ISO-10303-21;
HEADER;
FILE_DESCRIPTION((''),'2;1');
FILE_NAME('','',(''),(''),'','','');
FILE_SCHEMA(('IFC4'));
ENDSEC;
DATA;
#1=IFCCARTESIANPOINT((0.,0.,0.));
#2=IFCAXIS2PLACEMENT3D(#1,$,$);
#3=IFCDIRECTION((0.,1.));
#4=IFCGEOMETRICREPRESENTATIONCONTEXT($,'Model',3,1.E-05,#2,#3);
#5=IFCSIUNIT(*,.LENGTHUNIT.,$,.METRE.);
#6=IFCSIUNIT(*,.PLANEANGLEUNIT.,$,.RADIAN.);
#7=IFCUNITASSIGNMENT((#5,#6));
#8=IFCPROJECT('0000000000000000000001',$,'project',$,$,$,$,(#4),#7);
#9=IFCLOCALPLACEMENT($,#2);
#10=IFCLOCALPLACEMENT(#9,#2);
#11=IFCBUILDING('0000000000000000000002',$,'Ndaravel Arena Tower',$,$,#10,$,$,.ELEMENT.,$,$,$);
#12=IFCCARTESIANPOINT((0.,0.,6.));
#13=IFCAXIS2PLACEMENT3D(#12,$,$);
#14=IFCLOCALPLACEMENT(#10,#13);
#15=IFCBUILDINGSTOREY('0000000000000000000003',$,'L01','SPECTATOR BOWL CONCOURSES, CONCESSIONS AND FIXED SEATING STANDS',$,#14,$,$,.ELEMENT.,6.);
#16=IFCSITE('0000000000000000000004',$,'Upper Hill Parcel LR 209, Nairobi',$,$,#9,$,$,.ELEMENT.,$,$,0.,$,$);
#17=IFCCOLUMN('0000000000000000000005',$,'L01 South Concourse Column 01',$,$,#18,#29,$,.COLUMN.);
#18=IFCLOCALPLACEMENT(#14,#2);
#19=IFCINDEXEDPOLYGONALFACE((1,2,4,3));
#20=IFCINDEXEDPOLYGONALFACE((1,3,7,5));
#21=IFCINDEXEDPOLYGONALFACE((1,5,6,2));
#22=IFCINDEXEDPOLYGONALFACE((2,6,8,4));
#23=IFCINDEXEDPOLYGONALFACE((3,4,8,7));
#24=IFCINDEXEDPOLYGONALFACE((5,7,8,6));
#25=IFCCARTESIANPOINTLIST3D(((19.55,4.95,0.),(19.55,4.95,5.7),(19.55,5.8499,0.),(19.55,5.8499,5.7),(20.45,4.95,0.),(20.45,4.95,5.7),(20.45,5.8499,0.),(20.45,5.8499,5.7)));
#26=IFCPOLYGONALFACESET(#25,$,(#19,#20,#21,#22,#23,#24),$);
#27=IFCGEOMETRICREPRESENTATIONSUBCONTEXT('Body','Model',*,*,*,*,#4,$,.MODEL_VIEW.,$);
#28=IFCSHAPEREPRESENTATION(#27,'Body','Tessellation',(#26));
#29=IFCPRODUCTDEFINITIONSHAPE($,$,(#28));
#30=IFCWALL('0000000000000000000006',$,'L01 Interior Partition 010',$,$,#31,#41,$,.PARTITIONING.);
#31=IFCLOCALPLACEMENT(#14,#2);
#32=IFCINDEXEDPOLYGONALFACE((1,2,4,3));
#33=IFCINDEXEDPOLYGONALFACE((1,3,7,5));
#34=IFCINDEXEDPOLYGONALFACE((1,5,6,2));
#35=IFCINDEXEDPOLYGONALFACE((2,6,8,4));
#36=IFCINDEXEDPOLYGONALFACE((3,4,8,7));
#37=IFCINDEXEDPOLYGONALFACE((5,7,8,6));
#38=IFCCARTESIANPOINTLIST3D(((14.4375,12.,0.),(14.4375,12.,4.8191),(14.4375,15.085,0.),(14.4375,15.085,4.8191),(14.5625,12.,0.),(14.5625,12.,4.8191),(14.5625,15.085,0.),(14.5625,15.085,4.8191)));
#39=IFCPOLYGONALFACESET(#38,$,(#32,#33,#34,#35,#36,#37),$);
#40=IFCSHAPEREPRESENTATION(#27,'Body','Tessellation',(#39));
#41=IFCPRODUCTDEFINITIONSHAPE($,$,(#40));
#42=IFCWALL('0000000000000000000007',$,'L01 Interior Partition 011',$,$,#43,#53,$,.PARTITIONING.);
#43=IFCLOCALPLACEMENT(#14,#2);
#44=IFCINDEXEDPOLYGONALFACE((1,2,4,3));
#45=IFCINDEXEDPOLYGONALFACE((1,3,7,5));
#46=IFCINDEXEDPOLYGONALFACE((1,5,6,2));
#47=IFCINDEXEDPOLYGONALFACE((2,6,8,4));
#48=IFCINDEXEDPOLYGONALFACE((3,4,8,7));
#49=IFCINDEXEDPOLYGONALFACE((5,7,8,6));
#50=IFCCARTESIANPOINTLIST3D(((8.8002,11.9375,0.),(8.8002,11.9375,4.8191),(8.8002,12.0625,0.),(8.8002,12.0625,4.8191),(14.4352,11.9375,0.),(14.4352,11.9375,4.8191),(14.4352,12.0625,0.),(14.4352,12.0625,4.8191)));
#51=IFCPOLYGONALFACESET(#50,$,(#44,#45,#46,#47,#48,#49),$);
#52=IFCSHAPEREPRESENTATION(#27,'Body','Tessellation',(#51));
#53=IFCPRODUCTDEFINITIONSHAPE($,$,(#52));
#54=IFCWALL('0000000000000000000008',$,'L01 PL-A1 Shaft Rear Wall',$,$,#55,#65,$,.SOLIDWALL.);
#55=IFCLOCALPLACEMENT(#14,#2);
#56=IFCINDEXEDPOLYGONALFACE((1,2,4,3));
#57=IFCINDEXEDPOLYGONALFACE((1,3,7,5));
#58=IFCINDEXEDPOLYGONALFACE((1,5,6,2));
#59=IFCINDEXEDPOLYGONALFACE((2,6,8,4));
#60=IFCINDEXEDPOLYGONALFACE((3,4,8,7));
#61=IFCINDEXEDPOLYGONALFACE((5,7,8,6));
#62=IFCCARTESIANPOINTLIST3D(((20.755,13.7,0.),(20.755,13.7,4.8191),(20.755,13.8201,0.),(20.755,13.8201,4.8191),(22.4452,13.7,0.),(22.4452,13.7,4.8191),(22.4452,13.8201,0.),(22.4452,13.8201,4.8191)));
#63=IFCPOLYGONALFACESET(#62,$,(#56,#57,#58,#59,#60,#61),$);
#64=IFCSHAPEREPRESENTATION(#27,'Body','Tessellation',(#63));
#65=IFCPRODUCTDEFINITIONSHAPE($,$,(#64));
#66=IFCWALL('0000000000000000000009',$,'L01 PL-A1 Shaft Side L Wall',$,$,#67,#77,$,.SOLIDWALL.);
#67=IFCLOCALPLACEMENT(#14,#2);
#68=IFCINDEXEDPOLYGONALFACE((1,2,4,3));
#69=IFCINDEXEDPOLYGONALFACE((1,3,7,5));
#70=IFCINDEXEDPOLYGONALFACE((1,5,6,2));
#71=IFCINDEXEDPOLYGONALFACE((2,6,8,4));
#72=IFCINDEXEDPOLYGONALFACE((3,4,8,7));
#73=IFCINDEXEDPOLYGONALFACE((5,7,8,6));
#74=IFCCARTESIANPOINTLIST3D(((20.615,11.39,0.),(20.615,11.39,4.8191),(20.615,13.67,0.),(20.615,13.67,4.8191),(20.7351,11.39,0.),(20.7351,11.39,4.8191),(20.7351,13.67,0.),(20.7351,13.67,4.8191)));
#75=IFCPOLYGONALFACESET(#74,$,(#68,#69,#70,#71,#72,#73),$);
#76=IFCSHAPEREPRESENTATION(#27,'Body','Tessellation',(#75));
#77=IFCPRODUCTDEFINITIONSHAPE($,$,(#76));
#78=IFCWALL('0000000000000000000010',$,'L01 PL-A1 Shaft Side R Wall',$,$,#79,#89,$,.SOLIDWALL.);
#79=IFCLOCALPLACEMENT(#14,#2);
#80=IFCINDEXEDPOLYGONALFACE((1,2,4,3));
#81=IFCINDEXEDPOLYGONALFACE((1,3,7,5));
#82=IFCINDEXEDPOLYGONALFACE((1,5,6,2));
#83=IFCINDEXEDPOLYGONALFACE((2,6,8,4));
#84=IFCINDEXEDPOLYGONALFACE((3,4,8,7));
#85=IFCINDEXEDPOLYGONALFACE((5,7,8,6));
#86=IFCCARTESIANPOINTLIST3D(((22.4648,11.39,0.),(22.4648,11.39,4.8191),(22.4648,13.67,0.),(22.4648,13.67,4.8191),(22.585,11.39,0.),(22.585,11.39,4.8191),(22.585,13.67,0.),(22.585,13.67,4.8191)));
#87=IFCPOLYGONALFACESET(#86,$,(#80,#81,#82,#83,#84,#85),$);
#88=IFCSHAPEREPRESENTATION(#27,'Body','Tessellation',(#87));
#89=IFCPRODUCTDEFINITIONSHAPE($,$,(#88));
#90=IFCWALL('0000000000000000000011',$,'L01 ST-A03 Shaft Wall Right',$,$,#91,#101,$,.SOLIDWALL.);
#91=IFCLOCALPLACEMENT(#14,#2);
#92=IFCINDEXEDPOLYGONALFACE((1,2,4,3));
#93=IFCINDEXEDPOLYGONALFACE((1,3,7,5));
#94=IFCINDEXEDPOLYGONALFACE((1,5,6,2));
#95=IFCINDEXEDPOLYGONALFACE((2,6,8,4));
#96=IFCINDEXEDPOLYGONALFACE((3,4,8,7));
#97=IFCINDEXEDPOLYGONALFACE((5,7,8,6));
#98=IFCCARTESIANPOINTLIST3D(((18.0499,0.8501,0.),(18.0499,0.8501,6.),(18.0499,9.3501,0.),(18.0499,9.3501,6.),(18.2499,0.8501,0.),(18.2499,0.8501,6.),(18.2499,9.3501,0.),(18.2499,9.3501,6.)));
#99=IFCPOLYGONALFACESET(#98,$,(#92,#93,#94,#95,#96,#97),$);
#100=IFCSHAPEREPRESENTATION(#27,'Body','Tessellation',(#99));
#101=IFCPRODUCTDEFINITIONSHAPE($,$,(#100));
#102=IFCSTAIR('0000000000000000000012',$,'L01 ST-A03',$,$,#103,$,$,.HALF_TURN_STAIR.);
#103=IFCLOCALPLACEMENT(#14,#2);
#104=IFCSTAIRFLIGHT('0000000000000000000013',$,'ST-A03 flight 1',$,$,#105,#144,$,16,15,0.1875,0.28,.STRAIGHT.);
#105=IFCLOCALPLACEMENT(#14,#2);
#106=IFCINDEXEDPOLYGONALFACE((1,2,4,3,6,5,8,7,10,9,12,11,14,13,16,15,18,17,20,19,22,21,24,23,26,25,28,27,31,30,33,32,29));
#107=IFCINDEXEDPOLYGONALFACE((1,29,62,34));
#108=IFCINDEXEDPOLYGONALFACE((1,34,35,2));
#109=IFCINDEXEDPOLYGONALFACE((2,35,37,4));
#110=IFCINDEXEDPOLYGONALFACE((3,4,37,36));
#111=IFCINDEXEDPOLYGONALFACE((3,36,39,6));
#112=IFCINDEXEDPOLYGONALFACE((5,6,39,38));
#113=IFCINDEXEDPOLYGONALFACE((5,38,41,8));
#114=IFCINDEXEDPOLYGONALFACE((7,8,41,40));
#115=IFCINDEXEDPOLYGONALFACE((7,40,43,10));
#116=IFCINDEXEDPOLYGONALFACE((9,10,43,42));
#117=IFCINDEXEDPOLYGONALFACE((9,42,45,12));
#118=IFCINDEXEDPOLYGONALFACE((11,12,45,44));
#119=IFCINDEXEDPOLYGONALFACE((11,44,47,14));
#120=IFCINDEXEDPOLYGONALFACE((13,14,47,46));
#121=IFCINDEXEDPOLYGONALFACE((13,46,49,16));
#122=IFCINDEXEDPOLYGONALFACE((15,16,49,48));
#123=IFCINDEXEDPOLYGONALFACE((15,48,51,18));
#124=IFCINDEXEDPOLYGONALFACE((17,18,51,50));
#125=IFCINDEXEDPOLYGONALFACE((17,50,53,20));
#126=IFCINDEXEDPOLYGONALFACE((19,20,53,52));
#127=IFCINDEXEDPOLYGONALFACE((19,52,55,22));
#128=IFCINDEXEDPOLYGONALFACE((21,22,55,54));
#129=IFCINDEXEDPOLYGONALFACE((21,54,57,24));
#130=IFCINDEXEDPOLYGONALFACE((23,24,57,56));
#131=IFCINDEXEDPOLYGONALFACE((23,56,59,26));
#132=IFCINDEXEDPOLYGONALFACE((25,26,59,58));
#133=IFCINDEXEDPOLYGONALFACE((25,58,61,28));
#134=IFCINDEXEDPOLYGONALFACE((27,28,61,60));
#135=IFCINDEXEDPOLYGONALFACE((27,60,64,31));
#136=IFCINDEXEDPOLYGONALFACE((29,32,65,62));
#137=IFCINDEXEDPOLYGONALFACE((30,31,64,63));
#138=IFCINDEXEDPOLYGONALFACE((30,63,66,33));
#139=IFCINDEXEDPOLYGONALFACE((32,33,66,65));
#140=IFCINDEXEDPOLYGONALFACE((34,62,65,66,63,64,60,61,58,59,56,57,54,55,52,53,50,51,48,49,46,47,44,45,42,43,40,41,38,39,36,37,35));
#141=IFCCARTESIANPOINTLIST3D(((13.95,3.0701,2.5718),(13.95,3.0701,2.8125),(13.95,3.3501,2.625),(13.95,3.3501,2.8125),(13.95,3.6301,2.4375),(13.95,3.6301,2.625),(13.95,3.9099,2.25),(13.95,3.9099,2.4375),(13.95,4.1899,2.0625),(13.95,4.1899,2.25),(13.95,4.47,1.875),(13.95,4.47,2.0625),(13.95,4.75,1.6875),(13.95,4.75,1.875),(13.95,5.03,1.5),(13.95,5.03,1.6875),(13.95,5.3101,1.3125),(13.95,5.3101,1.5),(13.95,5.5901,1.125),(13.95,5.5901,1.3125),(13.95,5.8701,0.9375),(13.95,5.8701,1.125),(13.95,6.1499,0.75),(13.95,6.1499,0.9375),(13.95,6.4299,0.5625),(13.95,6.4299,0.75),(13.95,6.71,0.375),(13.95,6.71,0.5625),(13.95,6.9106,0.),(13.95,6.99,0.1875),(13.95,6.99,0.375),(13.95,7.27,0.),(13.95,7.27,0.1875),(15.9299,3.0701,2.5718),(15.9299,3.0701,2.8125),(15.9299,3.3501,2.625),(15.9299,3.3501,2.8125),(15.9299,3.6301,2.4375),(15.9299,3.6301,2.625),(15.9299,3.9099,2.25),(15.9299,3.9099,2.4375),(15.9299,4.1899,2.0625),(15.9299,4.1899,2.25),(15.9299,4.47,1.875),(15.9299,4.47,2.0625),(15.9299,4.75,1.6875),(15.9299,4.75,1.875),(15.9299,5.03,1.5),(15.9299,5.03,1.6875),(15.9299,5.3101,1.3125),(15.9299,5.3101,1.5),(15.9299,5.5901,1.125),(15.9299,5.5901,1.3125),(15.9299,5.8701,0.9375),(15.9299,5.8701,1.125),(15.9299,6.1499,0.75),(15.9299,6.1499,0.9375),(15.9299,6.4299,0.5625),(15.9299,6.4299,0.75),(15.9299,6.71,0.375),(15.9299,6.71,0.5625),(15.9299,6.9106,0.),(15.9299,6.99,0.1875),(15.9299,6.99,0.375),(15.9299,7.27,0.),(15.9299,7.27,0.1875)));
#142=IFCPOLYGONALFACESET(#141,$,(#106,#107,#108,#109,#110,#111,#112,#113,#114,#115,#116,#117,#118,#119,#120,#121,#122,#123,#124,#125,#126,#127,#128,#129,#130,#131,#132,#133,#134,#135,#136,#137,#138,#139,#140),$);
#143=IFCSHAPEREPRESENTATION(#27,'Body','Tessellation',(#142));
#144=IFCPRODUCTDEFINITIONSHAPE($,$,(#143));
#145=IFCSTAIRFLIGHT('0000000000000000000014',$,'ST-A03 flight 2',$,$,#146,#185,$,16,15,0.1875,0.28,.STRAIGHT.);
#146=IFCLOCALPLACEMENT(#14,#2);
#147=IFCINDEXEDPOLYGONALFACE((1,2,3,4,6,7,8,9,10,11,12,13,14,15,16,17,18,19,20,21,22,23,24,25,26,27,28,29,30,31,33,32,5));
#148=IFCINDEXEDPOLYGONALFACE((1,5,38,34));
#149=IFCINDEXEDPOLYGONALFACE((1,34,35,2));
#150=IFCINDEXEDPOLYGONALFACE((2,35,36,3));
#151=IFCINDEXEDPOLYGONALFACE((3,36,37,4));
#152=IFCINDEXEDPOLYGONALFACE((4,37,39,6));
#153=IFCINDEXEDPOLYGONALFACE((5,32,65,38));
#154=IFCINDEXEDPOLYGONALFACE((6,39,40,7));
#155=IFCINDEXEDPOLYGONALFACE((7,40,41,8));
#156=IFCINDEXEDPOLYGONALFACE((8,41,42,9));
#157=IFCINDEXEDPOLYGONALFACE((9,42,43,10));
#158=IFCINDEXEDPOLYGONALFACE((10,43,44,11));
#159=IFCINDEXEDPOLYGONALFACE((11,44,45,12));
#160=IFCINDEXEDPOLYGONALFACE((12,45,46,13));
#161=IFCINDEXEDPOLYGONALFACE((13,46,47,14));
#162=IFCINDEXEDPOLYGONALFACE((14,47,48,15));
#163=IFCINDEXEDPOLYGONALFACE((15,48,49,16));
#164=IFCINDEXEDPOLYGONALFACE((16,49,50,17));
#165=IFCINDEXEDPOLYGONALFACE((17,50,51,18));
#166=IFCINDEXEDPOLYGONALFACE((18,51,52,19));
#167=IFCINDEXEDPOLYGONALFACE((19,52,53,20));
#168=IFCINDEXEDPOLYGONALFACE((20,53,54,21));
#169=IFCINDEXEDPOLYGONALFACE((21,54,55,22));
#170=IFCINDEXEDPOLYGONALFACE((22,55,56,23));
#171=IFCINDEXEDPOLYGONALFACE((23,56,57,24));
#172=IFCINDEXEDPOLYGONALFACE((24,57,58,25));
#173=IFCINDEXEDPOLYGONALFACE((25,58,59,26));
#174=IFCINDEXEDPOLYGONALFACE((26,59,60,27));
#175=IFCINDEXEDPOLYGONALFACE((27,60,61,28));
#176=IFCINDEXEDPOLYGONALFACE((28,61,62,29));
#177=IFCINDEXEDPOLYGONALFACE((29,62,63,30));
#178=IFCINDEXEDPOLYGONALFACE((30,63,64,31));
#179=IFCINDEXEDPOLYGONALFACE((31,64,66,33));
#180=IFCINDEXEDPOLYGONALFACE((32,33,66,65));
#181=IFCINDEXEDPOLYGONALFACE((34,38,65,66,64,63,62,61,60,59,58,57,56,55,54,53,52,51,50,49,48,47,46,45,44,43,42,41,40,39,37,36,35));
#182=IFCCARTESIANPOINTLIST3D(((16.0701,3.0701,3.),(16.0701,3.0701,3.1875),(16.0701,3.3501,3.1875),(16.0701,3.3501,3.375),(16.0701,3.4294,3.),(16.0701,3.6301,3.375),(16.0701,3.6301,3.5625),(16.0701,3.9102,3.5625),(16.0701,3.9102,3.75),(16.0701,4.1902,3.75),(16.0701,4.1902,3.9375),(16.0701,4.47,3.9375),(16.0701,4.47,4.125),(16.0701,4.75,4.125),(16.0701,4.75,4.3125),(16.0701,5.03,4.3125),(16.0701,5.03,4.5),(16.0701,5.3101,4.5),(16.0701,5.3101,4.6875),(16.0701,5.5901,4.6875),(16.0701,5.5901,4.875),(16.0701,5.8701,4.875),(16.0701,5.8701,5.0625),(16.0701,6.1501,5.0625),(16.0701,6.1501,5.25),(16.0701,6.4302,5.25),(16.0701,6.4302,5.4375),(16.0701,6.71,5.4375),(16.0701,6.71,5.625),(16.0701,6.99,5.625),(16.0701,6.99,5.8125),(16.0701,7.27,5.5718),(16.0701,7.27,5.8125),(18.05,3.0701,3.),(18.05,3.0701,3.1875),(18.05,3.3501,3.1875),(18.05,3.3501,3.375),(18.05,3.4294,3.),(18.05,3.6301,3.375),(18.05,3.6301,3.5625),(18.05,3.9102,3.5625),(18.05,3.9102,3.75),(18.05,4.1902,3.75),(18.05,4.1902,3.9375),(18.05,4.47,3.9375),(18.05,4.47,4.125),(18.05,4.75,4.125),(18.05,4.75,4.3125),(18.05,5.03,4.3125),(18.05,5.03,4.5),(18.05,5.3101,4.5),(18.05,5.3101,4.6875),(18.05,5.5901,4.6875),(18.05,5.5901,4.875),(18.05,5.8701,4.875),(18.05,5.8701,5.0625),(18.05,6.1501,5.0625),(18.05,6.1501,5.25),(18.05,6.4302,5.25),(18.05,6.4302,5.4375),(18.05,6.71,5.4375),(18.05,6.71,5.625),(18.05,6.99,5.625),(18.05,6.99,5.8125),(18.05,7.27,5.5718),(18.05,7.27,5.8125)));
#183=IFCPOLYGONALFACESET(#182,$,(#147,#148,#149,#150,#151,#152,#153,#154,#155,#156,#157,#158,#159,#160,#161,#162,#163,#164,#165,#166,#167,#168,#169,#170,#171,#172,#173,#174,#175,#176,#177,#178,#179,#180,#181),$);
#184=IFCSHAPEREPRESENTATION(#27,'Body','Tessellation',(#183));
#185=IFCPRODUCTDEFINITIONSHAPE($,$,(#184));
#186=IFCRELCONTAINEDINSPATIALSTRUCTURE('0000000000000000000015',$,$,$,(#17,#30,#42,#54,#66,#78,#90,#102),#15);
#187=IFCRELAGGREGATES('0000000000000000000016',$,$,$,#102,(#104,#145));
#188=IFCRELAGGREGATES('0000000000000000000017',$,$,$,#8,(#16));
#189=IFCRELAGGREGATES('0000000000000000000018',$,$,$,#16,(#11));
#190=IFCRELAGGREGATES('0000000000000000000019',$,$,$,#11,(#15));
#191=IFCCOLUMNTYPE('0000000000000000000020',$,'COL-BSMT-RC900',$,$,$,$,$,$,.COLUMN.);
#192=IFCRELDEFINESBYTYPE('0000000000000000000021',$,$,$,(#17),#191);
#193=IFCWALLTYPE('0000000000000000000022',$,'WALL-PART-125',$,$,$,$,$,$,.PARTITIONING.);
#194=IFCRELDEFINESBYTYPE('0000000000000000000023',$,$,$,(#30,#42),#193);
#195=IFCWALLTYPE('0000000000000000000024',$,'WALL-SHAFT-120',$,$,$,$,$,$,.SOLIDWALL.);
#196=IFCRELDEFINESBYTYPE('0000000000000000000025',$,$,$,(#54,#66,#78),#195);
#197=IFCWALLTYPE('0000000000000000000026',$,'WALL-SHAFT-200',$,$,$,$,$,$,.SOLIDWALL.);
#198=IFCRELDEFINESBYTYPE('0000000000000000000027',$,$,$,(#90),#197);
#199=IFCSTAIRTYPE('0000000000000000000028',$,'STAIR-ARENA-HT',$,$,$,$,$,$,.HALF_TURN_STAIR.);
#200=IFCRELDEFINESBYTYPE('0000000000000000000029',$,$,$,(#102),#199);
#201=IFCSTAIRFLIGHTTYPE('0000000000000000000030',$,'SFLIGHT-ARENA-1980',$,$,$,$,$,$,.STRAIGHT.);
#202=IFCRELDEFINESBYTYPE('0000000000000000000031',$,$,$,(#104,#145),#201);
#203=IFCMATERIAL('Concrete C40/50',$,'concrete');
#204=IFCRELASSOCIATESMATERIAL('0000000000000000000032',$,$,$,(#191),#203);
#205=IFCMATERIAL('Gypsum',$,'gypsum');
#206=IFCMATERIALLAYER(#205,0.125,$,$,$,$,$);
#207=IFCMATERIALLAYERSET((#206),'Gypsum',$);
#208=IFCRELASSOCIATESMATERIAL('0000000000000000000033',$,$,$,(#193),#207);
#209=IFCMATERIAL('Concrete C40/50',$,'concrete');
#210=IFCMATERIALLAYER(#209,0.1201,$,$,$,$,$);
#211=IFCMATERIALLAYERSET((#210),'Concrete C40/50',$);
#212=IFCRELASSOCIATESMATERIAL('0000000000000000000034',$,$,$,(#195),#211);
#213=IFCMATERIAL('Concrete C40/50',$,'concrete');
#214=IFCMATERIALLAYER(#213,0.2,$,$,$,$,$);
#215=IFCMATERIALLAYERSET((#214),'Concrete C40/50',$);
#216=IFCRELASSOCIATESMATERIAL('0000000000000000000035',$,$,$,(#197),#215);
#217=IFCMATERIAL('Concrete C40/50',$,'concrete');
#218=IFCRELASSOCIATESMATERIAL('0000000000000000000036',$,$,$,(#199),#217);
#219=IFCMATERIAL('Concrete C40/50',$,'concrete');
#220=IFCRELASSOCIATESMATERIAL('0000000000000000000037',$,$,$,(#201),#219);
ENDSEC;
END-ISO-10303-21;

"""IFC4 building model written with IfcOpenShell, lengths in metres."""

from ifc_helpers import new_model, si_unit, direction, frame, frame_2d, origin, origin_2d, place, context, subcontext, project, spatial, polyline, rectangle, outline, extrude, material, layer, layer_set, material_profile, profile_set, type_object, element, aggregate, save


model = new_model("IFC4")

# Units and contexts
model_context = context("Model", 3, precision=1e-05, world=origin(), true_north=direction((0.0, 1.0)))
body_context = subcontext(model_context, "Body", "Model", "MODEL_VIEW")
ifc_project = project(units=[si_unit("LENGTHUNIT", "METRE"), si_unit("PLANEANGLEUNIT", "RADIAN")], contexts=[model_context])

# Site, building, storey
site_placement = place(None, origin())
site = spatial("IfcSite", under=ifc_project, at=site_placement, Name="Upper Hill Parcel LR 209, Nairobi", CompositionType="ELEMENT", RefElevation=0.0)
building_placement = place(site_placement, origin())
building = spatial("IfcBuilding", under=site, at=building_placement, Name="Ndaravel Arena Tower", CompositionType="ELEMENT")
storey_placement = place(building_placement, frame((0.0, 0.0, 6.0)))
storey = spatial("IfcBuildingStorey", under=building, at=storey_placement, Name="L01", Description="SPECTATOR BOWL CONCOURSES, CONCESSIONS AND FIXED SEATING STANDS", CompositionType="ELEMENT", Elevation=6.0)

# Column
ifc_material_1 = material(Name="Concrete C40/50", Category="concrete")
ifc_material_profile = material_profile(ifc_material_1, rectangle(XDim=0.8999, YDim=0.8999, at=origin_2d()), Name="RC 900x900")
ifc_profile_set = profile_set([ifc_material_profile], Name="Concrete C40/50")
column_type = type_object("IfcColumnType", Name="COL-BSMT-RC900", PredefinedType="COLUMN", material=ifc_profile_set)
column_placement = place(storey_placement, frame((20.0, 5.3999, 0.0), z_axis=(0.0, 0.0, 1.0), x_axis=(1.0, 0.0, 0.0)))
element("IfcColumn", 1, at=column_placement, inside=storey, type_object=column_type, Name="L01 South Concourse Column 01", PredefinedType="COLUMN", context=body_context, shape_type="SweptSolid", body=[
    extrude(rectangle(XDim=0.8999, YDim=0.8999, at=origin_2d()), origin(), (0.0, 0.0, 1.0), 5.7),
])

# Walls
ifc_material_2 = material(Name="Gypsum", Category="gypsum")
ifc_layer_1 = layer(ifc_material_2, 0.125)
ifc_layer_set_1 = layer_set([ifc_layer_1], Name="Gypsum")
wall_type_1 = type_object("IfcWallType", Name="WALL-PART-125", PredefinedType="PARTITIONING", material=ifc_layer_set_1)
wall_1_placement = place(storey_placement, frame((14.5, 15.085, 0.0), z_axis=(0.0, 0.0, 1.0), x_axis=(0.0, -1.0, 0.0)))
element("IfcWall", 2, at=wall_1_placement, inside=storey, type_object=wall_type_1, Name="L01 Interior Partition 010", PredefinedType="PARTITIONING", context=body_context, shape_type="SweptSolid", body=[
    extrude(rectangle(XDim=3.085, YDim=0.125, at=frame_2d((1.5425, 0.0))), origin(), (0.0, 0.0, 1.0), 4.8191),
])
wall_2_placement = place(storey_placement, frame((14.4351, 12.0, 0.0), z_axis=(0.0, 0.0, 1.0), x_axis=(-1.0, 0.0, 0.0)))
element("IfcWall", 3, at=wall_2_placement, inside=storey, type_object=wall_type_1, Name="L01 Interior Partition 011", PredefinedType="PARTITIONING", context=body_context, shape_type="SweptSolid", body=[
    extrude(rectangle(XDim=5.635, YDim=0.125, at=frame_2d((2.8174, 0.0))), origin(), (0.0, 0.0, 1.0), 4.8191),
])
ifc_material_3 = material(Name="Concrete C40/50", Category="concrete")
ifc_layer_2 = layer(ifc_material_3, 0.1201)
ifc_layer_set_2 = layer_set([ifc_layer_2], Name="Concrete C40/50")
wall_type_2 = type_object("IfcWallType", Name="WALL-SHAFT-120", PredefinedType="SOLIDWALL", material=ifc_layer_set_2)
wall_3_placement = place(storey_placement, frame((20.7549, 13.76, 0.0), z_axis=(0.0, 0.0, 1.0), x_axis=(1.0, 0.0, 0.0)))
element("IfcWall", 4, at=wall_3_placement, inside=storey, type_object=wall_type_2, Name="L01 PL-A1 Shaft Rear Wall", PredefinedType="SOLIDWALL", context=body_context, shape_type="SweptSolid", body=[
    extrude(rectangle(XDim=1.6902, YDim=0.1201, at=frame_2d((0.8452, 0.0))), origin(), (0.0, 0.0, 1.0), 4.8191),
])
for number, where, z_axis, x_axis, name in (
    (5, (20.675, 11.3899, 0.0), (0.0, 0.0, 1.0), (0.0, 1.0, 0.0), "L01 PL-A1 Shaft Side L Wall"),
    (6, (22.5249, 11.3899, 0.0), (0.0, 0.0, 1.0), (0.0, 1.0, 0.0), "L01 PL-A1 Shaft Side R Wall"),
):
    element("IfcWall", number, at=place(storey_placement, frame(where, z_axis=z_axis, x_axis=x_axis)), inside=storey, type_object=wall_type_2, Name=name, PredefinedType="SOLIDWALL", context=body_context, shape_type="SweptSolid", body=[
        extrude(rectangle(XDim=2.28, YDim=0.1201, at=frame_2d((1.1401, 0.0))), origin(), (0.0, 0.0, 1.0), 4.8191),
    ])
ifc_material_4 = material(Name="Concrete C40/50", Category="concrete")
ifc_layer_3 = layer(ifc_material_4, 0.2)
ifc_layer_set_3 = layer_set([ifc_layer_3], Name="Concrete C40/50")
wall_type_3 = type_object("IfcWallType", Name="WALL-SHAFT-200", PredefinedType="SOLIDWALL", material=ifc_layer_set_3)
wall_4_placement = place(storey_placement, frame((18.1499, 9.3501, 0.0), z_axis=(0.0, 0.0, 1.0), x_axis=(0.0, -1.0, 0.0)))
element("IfcWall", 7, at=wall_4_placement, inside=storey, type_object=wall_type_3, Name="L01 ST-A03 Shaft Wall Right", PredefinedType="SOLIDWALL", context=body_context, shape_type="SweptSolid", body=[
    extrude(rectangle(XDim=8.5, YDim=0.2, at=frame_2d((4.25, 0.0))), origin(), (0.0, 0.0, 1.0), 6.0),
])

# Stair, stair flights
ifc_material_5 = material(Name="Concrete C40/50", Category="concrete")
stair_type = type_object("IfcStairType", Name="STAIR-ARENA-HT", PredefinedType="HALF_TURN_STAIR", material=ifc_material_5)
stair_placement = place(storey_placement, origin())
stair = element("IfcStair", 8, at=stair_placement, inside=storey, type_object=stair_type, Name="L01 ST-A03", PredefinedType="HALF_TURN_STAIR")
ifc_material_6 = material(Name="Concrete C40/50", Category="concrete")
stair_flight_type = type_object("IfcStairFlightType", Name="SFLIGHT-ARENA-1980", PredefinedType="STRAIGHT", material=ifc_material_6)
stair_flight_1_placement = place(storey_placement, frame((14.9399, 7.27, 0.0), z_axis=(0.0, 0.0, 1.0), x_axis=(0.0, -1.0, 0.0)))
stair_flight_1 = element("IfcStairFlight", 9, at=stair_flight_1_placement, type_object=stair_flight_type, Name="ST-A03 flight 1", NumberOfRisers=16, NumberOfTreads=15, PredefinedType="STRAIGHT", RiserHeight=0.1875, TreadLength=0.28, context=body_context, shape_type="SweptSolid", body=[
    extrude(outline(polyline([(0.0, 0.0), (0.0, 0.1875), (0.28, 0.1875), (0.28, 0.375), (0.5601, 0.375), (0.5601, 0.5625), (0.8401, 0.5625), (0.8401, 0.75), (1.1201, 0.75), (1.1201, 0.9375), (1.3999, 0.9375), (1.3999, 1.125), (1.6799, 1.125), (1.6799, 1.3125), (1.96, 1.3125), (1.96, 1.5), (2.24, 1.5), (2.24, 1.6875), (2.52, 1.6875), (2.52, 1.875), (2.8, 1.875), (2.8, 2.0625), (3.0801, 2.0625), (3.0801, 2.25), (3.3601, 2.25), (3.3601, 2.4375), (3.6399, 2.4375), (3.6399, 2.625), (3.9199, 2.625), (3.9199, 2.8125), (4.2, 2.8125), (4.2, 3.0), (4.2, 2.5718), (0.3594, 0.0), (0.0, 0.0)])), frame((0.0, 0.99, 0.0), z_axis=(0.0, -1.0, 0.0), x_axis=(1.0, 0.0, 0.0)), (0.0, 0.0, 1.0), 1.98),
])
stair_flight_2_placement = place(storey_placement, frame((17.0601, 3.0701, 3.0), z_axis=(0.0, 0.0, 1.0), x_axis=(0.0, 1.0, 0.0)))
stair_flight_2 = element("IfcStairFlight", 10, at=stair_flight_2_placement, type_object=stair_flight_type, Name="ST-A03 flight 2", NumberOfRisers=16, NumberOfTreads=15, PredefinedType="STRAIGHT", RiserHeight=0.1875, TreadLength=0.28, context=body_context, shape_type="SweptSolid", body=[
    extrude(outline(polyline([(0.0, 0.0), (0.0, 0.1875), (0.28, 0.1875), (0.28, 0.375), (0.5601, 0.375), (0.5601, 0.5625), (0.8401, 0.5625), (0.8401, 0.75), (1.1201, 0.75), (1.1201, 0.9375), (1.3999, 0.9375), (1.3999, 1.125), (1.6799, 1.125), (1.6799, 1.3125), (1.96, 1.3125), (1.96, 1.5), (2.24, 1.5), (2.24, 1.6875), (2.52, 1.6875), (2.52, 1.875), (2.8, 1.875), (2.8, 2.0625), (3.0801, 2.0625), (3.0801, 2.25), (3.3601, 2.25), (3.3601, 2.4375), (3.6399, 2.4375), (3.6399, 2.625), (3.9199, 2.625), (3.9199, 2.8125), (4.2, 2.8125), (4.2, 3.0), (4.2, 2.5718), (0.3594, 0.0), (0.0, 0.0)])), frame((0.0, 0.99, 0.0), z_axis=(0.0, -1.0, 0.0), x_axis=(1.0, 0.0, 0.0)), (0.0, 0.0, 1.0), 1.98),
])
aggregate(stair, [stair_flight_1, stair_flight_2])

save(model, "model.ifc")
